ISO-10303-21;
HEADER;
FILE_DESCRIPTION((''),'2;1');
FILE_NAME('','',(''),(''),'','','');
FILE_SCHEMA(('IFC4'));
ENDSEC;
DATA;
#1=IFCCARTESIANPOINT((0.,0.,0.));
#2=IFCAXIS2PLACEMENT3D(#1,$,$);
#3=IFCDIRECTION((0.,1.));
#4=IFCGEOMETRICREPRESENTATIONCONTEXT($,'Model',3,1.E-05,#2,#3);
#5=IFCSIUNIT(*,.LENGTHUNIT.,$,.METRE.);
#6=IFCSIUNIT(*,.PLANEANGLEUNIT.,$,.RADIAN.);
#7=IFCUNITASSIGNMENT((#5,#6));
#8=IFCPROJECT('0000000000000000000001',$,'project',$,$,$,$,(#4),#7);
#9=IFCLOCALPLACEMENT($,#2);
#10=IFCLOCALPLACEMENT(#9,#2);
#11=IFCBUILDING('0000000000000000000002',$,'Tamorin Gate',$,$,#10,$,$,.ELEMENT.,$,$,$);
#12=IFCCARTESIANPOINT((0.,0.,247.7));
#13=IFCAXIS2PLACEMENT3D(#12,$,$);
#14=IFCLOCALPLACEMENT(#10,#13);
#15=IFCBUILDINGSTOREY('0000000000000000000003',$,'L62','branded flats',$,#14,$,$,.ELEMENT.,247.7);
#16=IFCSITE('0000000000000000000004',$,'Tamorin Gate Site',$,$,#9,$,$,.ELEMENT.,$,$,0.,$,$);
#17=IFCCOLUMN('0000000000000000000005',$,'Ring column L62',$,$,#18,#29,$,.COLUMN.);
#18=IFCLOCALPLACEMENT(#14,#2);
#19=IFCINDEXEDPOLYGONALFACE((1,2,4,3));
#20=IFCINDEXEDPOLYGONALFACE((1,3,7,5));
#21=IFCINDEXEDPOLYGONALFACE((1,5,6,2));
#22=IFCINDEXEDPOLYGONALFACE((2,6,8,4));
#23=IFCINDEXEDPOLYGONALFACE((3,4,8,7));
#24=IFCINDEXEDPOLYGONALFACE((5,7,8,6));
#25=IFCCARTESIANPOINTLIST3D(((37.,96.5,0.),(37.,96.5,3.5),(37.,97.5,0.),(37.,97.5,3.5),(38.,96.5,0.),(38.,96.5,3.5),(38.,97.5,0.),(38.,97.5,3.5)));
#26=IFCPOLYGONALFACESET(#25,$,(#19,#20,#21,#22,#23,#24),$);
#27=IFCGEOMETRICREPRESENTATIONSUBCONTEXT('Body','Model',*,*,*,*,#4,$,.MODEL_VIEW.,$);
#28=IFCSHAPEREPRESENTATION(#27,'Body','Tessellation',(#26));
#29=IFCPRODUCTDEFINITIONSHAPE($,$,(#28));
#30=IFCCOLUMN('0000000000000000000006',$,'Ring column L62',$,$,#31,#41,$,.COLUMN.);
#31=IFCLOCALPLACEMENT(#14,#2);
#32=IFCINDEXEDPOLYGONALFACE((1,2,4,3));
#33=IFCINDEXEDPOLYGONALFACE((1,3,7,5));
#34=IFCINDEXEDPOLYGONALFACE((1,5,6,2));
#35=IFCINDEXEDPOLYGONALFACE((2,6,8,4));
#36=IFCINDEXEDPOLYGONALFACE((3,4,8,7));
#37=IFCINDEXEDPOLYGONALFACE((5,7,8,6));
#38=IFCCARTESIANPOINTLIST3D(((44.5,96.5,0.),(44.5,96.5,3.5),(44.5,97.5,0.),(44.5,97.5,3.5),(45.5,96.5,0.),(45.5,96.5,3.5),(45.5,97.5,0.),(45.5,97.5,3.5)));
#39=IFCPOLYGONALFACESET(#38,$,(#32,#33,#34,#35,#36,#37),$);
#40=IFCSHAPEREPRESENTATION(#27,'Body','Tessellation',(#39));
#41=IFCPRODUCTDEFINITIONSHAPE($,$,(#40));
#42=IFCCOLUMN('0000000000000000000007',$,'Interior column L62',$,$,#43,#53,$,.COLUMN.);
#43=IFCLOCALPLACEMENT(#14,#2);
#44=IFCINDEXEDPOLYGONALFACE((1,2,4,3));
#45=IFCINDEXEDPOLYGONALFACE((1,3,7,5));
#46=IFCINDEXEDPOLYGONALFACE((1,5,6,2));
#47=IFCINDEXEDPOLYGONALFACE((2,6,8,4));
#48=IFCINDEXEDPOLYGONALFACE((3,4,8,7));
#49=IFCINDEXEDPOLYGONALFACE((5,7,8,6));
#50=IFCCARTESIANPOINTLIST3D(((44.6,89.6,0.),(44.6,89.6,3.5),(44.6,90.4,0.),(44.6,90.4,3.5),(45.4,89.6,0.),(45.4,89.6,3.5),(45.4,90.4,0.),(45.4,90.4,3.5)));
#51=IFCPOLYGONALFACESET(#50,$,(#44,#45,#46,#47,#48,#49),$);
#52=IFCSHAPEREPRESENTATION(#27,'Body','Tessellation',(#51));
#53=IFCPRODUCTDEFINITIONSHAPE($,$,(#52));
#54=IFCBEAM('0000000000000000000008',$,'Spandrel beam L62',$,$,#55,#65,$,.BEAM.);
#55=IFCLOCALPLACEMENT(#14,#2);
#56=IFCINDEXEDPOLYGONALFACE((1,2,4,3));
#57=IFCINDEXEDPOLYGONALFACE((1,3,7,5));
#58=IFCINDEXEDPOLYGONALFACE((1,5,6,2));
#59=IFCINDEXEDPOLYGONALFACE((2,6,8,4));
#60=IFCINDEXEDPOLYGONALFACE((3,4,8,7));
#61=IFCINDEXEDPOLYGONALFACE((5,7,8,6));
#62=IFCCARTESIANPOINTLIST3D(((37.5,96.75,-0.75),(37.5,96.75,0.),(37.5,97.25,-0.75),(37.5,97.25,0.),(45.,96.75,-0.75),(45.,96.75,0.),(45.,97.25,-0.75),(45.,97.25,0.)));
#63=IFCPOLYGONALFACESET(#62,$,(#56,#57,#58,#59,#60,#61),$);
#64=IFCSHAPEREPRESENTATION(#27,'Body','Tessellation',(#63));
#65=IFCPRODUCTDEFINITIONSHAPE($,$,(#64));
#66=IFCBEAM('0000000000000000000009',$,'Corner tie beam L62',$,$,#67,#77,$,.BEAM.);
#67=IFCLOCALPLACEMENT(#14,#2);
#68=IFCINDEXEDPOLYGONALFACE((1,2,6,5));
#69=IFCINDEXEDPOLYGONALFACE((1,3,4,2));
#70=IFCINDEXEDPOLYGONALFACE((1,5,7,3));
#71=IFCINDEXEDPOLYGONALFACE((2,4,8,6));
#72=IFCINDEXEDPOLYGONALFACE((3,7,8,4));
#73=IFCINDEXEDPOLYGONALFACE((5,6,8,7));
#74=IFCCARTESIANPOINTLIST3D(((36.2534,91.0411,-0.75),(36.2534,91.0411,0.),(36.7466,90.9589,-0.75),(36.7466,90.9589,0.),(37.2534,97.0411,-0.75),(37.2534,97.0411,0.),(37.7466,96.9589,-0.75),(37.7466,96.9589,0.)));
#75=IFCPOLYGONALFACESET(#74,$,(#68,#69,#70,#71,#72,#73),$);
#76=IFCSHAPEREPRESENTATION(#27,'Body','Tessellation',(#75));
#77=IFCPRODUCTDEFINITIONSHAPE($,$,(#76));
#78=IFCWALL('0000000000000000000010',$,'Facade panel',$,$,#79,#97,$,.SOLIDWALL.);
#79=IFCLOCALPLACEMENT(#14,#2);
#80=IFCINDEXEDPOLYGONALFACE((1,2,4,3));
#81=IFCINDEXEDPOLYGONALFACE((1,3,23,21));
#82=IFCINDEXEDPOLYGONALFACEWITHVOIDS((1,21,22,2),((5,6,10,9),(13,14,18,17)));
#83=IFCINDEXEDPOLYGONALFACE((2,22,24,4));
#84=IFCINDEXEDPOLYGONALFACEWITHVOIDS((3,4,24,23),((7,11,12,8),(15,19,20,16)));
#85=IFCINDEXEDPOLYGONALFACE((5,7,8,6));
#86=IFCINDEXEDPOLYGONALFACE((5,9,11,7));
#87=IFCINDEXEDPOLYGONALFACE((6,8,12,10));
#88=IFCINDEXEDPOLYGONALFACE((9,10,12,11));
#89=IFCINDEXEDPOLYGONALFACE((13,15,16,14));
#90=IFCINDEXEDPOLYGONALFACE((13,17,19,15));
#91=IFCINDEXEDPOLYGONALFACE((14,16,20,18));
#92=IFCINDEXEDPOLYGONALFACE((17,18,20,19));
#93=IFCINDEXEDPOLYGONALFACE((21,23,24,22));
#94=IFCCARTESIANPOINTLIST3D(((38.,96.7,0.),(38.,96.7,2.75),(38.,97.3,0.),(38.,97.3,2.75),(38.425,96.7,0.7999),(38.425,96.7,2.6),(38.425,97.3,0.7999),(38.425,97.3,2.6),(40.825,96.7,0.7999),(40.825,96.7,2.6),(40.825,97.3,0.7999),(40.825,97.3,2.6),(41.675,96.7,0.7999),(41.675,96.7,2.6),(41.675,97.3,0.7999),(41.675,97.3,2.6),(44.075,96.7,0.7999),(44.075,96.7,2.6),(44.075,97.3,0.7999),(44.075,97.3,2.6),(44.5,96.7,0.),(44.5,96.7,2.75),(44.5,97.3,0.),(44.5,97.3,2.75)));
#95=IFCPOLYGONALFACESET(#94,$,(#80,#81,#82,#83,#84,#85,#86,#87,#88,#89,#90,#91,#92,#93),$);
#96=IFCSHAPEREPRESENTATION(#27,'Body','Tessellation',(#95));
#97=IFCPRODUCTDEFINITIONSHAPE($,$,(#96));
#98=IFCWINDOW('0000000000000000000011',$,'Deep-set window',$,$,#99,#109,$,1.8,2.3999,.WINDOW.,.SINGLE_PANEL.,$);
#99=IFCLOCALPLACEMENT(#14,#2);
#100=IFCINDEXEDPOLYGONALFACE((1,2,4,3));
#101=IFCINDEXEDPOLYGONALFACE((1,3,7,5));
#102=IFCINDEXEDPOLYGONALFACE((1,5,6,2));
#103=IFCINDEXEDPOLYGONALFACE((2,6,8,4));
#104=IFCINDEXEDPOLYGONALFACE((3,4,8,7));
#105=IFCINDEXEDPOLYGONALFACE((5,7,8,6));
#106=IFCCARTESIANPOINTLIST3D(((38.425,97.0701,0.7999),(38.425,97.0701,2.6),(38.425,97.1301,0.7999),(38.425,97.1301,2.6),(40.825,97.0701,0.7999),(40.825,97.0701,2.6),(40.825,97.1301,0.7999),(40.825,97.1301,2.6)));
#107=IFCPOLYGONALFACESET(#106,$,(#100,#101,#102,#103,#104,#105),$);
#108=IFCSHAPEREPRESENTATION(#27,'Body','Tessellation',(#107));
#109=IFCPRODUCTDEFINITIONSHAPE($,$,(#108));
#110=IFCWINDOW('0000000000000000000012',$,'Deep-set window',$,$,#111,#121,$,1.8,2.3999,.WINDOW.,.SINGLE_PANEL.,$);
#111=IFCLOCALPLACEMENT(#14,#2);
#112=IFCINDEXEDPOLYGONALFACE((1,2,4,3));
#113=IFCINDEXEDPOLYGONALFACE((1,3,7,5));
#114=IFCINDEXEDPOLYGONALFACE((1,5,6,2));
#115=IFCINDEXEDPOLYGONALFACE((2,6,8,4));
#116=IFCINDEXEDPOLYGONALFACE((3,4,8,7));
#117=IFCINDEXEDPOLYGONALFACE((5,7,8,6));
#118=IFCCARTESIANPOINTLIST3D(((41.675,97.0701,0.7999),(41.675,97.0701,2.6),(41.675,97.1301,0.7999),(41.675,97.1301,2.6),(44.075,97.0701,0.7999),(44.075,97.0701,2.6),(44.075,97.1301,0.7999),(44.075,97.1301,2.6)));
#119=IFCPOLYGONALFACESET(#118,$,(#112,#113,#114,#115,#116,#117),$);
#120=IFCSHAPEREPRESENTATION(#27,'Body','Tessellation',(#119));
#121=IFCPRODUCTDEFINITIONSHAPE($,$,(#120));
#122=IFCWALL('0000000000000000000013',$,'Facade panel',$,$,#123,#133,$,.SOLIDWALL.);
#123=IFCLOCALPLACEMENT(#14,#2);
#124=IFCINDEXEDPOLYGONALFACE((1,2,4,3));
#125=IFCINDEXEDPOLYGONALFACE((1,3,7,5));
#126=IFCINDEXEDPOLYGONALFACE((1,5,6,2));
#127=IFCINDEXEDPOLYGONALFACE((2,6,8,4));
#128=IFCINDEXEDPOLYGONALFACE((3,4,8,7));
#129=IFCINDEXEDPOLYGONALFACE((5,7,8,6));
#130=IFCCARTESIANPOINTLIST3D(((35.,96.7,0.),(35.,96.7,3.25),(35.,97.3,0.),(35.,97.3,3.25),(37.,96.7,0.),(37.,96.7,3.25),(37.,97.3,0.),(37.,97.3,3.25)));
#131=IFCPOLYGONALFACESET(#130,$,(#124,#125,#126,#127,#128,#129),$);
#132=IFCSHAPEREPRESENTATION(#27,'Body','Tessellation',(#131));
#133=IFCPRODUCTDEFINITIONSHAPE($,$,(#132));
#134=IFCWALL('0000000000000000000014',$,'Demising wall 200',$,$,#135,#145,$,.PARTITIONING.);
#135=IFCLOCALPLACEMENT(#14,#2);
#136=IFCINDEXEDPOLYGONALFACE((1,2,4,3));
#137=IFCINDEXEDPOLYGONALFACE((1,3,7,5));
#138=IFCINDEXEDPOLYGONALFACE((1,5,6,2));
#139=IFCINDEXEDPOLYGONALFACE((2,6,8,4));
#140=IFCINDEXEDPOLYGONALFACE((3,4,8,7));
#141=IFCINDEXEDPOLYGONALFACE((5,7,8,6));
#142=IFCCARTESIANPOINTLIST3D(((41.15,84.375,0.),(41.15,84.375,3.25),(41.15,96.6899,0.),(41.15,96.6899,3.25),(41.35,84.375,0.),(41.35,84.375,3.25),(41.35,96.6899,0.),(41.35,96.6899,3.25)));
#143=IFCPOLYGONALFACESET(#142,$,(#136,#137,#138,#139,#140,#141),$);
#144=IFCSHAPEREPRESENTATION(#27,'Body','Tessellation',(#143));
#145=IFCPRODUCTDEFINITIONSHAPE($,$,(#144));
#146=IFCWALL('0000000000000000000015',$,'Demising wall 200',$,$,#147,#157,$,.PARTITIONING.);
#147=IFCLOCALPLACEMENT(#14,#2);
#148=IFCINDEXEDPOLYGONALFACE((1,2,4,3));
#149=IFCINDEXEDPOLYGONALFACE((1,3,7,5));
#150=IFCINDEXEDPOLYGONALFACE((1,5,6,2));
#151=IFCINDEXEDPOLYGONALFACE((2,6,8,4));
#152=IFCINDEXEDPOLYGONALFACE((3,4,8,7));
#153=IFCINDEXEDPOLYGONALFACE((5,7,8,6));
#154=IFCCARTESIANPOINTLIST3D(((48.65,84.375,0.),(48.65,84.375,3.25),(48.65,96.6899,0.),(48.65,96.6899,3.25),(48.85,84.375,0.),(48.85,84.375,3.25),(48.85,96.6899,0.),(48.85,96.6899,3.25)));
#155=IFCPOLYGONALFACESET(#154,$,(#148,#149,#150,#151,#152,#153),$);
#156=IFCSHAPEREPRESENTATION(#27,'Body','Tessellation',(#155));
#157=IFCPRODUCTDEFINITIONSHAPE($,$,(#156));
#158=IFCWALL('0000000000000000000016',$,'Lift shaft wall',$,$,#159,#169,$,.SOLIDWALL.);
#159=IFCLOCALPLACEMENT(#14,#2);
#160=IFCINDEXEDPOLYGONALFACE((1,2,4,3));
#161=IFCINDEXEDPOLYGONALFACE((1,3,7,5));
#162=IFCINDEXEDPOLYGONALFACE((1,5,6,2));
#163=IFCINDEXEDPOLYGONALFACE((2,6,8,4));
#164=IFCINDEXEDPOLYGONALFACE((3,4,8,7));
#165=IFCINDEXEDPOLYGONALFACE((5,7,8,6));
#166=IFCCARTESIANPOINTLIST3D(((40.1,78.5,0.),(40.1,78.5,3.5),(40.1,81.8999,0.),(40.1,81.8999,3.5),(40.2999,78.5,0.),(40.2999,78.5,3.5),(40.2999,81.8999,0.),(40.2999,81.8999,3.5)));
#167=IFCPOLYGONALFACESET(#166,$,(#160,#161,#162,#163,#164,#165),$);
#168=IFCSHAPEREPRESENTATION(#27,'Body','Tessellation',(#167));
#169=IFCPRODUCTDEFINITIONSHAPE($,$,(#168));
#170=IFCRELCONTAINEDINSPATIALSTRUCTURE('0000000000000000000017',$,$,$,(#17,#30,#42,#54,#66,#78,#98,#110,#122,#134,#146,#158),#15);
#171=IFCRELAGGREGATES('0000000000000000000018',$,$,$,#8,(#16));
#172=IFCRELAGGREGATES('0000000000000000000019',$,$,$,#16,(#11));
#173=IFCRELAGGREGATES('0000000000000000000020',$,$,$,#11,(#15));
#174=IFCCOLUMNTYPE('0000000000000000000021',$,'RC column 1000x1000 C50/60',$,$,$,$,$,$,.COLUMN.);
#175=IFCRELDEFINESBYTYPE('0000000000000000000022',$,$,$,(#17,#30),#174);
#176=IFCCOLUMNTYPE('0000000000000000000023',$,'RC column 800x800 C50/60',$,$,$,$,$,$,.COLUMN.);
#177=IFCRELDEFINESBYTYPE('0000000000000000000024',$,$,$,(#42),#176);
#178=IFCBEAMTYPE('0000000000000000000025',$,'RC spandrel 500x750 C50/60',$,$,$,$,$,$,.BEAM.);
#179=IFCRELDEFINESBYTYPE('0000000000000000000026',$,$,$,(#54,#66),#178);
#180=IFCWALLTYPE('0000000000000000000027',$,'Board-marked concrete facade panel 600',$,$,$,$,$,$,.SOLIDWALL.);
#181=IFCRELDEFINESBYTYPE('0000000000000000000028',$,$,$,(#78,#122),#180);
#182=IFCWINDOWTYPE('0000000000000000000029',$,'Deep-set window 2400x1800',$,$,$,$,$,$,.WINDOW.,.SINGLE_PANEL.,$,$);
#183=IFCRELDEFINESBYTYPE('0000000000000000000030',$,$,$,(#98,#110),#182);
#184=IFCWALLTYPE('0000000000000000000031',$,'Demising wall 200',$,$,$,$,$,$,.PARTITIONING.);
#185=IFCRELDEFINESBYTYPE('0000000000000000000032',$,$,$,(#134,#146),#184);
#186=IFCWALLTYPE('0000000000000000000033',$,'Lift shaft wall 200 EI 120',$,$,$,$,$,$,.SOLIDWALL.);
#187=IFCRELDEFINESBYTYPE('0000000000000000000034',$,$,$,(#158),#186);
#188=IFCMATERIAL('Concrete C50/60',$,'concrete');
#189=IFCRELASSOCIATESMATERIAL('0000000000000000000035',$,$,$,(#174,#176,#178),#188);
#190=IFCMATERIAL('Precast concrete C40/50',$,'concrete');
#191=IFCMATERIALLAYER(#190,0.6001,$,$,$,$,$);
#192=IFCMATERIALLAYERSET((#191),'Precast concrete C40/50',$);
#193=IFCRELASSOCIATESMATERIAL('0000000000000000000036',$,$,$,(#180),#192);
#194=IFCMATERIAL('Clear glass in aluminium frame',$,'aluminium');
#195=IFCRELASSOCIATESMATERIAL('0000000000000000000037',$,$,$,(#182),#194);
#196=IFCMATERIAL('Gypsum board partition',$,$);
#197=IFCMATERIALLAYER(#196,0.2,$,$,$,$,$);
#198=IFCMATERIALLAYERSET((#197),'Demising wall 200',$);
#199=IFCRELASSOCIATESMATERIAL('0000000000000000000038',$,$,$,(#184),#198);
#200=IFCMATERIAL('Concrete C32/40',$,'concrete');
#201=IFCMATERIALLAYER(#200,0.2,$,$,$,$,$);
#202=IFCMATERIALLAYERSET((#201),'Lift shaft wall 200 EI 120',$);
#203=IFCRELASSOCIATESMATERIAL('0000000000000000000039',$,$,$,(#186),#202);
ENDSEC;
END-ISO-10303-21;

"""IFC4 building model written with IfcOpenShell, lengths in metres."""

from ifc_helpers import new_model, si_unit, direction, frame, frame_2d, origin, origin_2d, place, context, subcontext, project, spatial, rectangle, extrude, material, layer, layer_set, material_profile, profile_set, type_object, element, fill, save


model = new_model("IFC4")

# Units and contexts
model_context = context("Model", 3, precision=1e-05, world=origin(), true_north=direction((0.0, 1.0)))
body_context = subcontext(model_context, "Body", "Model", "MODEL_VIEW")
ifc_project = project(units=[si_unit("LENGTHUNIT", "METRE"), si_unit("PLANEANGLEUNIT", "RADIAN")], contexts=[model_context])

# Site, building, storey
site_placement = place(None, origin())
site = spatial("IfcSite", under=ifc_project, at=site_placement, Name="Tamorin Gate Site", CompositionType="ELEMENT", RefElevation=0.0)
building_placement = place(site_placement, origin())
building = spatial("IfcBuilding", under=site, at=building_placement, Name="Tamorin Gate", CompositionType="ELEMENT")
storey_placement = place(building_placement, frame((0.0, 0.0, 247.7)))
storey = spatial("IfcBuildingStorey", under=building, at=storey_placement, Name="L62", Description="branded flats", CompositionType="ELEMENT", Elevation=247.7)

# Columns
ifc_material_1 = material(Name="Concrete C50/60", Category="concrete")
ifc_material_profile_1 = material_profile(ifc_material_1, rectangle(XDim=1.0, YDim=1.0, at=origin_2d()), Name="RC 1000x1000")
ifc_profile_set_1 = profile_set([ifc_material_profile_1], Name="Concrete C50/60")
column_type_1 = type_object("IfcColumnType", Name="RC column 1000x1000 C50/60", PredefinedType="COLUMN", material=ifc_profile_set_1)
for number, where, z_axis, x_axis, name in (
    (1, (37.5, 97.0, 0.0), (0.0, 0.0, 1.0), (1.0, 0.0, 0.0), "Ring column L62"),
    (2, (45.0, 97.0, 0.0), (0.0, 0.0, 1.0), (1.0, 0.0, 0.0), "Ring column L62"),
):
    element("IfcColumn", number, at=place(storey_placement, frame(where, z_axis=z_axis, x_axis=x_axis)), inside=storey, type_object=column_type_1, Name=name, PredefinedType="COLUMN", context=body_context, shape_type="SweptSolid", body=[
        extrude(rectangle(XDim=1.0, YDim=1.0, at=origin_2d()), origin(), (0.0, 0.0, 1.0), 3.5),
    ])
ifc_material_profile_2 = material_profile(ifc_material_1, rectangle(XDim=0.8, YDim=0.8, at=origin_2d()), Name="RC 800x800")
ifc_profile_set_2 = profile_set([ifc_material_profile_2], Name="Concrete C50/60")
column_type_2 = type_object("IfcColumnType", Name="RC column 800x800 C50/60", PredefinedType="COLUMN", material=ifc_profile_set_2)
column_placement = place(storey_placement, frame((45.0, 90.0, 0.0), z_axis=(0.0, 0.0, 1.0), x_axis=(1.0, 0.0, 0.0)))
element("IfcColumn", 3, at=column_placement, inside=storey, type_object=column_type_2, Name="Interior column L62", PredefinedType="COLUMN", context=body_context, shape_type="SweptSolid", body=[
    extrude(rectangle(XDim=0.8, YDim=0.8, at=origin_2d()), origin(), (0.0, 0.0, 1.0), 3.5),
])

# Beams
ifc_material_profile_3 = material_profile(ifc_material_1, rectangle(XDim=0.5, YDim=0.75, at=origin_2d()), Name="RC 500x750")
ifc_profile_set_3 = profile_set([ifc_material_profile_3], Name="Concrete C50/60")
beam_type = type_object("IfcBeamType", Name="RC spandrel 500x750 C50/60", PredefinedType="BEAM", material=ifc_profile_set_3)
beam_1_placement = place(storey_placement, frame((45.0, 97.0, -0.375), z_axis=(-1.0, 0.0, 0.0), x_axis=(0.0, -1.0, 0.0)))
element("IfcBeam", 4, at=beam_1_placement, inside=storey, type_object=beam_type, Name="Spandrel beam L62", PredefinedType="BEAM", context=body_context, shape_type="SweptSolid", body=[
    extrude(rectangle(XDim=0.5, YDim=0.75, at=origin_2d()), origin(), (0.0, 0.0, 1.0), 7.5),
])
beam_2_placement = place(storey_placement, frame((36.5, 91.0, -0.375), z_axis=(0.164399, 0.986394, 0.0), x_axis=(-0.986394, 0.164399, 0.0)))
element("IfcBeam", 5, at=beam_2_placement, inside=storey, type_object=beam_type, Name="Corner tie beam L62", PredefinedType="BEAM", context=body_context, shape_type="SweptSolid", body=[
    extrude(rectangle(XDim=0.5, YDim=0.75, at=origin_2d()), origin(), (0.0, 0.0, 1.0), 6.0828),
])

# Wall, openings, windows
ifc_material_2 = material(Name="Precast concrete C40/50", Category="concrete")
ifc_layer_1 = layer(ifc_material_2, 0.6001)
ifc_layer_set_1 = layer_set([ifc_layer_1], Name="Precast concrete C40/50")
wall_type_1 = type_object("IfcWallType", Name="Board-marked concrete facade panel 600", PredefinedType="SOLIDWALL", material=ifc_layer_set_1)
wall_1_placement = place(storey_placement, frame((44.5, 97.0, 0.0), z_axis=(0.0, 0.0, 1.0), x_axis=(-1.0, 0.0, 0.0)))
wall_1 = element("IfcWall", 6, at=wall_1_placement, inside=storey, type_object=wall_type_1, Name="Facade panel", PredefinedType="SOLIDWALL", context=body_context, shape_type="SweptSolid", body=[
    extrude(rectangle(XDim=6.5, YDim=0.6001, at=frame_2d((3.25, 0.0))), origin(), (0.0, 0.0, 1.0), 2.75),
])
opening_1_placement = place(wall_1_placement, frame((3.675, 0.0, 0.8)))
opening_1 = element("IfcOpeningElement", 7, at=opening_1_placement, cuts=wall_1, PredefinedType="OPENING", context=body_context, shape_type="SweptSolid", body=[
    extrude(rectangle(XDim=2.3999, YDim=1.8, at=frame_2d((1.2, 0.8999))), frame((0.0, 0.3101, 0.0), z_axis=(0.0, -1.0, 0.0), x_axis=(1.0, 0.0, 0.0)), (0.0, 0.0, 1.0), 0.6201),
])
opening_2_placement = place(wall_1_placement, frame((0.425, 0.0, 0.8)))
opening_2 = element("IfcOpeningElement", 8, at=opening_2_placement, cuts=wall_1, PredefinedType="OPENING", context=body_context, shape_type="SweptSolid", body=[
    extrude(rectangle(XDim=2.3999, YDim=1.8, at=frame_2d((1.2, 0.8999))), frame((0.0, 0.3101, 0.0), z_axis=(0.0, -1.0, 0.0), x_axis=(1.0, 0.0, 0.0)), (0.0, 0.0, 1.0), 0.6201),
])
ifc_material_3 = material(Name="Clear glass in aluminium frame", Category="aluminium")
window_type = type_object("IfcWindowType", Name="Deep-set window 2400x1800", PartitioningType="SINGLE_PANEL", PredefinedType="WINDOW", material=ifc_material_3)
window_1_placement = place(opening_1_placement, origin())
window_1 = element("IfcWindow", 9, at=window_1_placement, inside=storey, type_object=window_type, Name="Deep-set window", OverallHeight=1.8, OverallWidth=2.3999, PartitioningType="SINGLE_PANEL", PredefinedType="WINDOW", context=body_context, shape_type="SweptSolid", body=[
    extrude(rectangle(XDim=2.3999, YDim=1.8, at=frame_2d((1.2, 0.8999))), frame((0.0, -0.0701, 0.0), z_axis=(0.0, -1.0, 0.0), x_axis=(1.0, 0.0, 0.0)), (0.0, 0.0, 1.0), 0.0601),
])
fill(opening_1, window_1)
window_2_placement = place(opening_2_placement, origin())
window_2 = element("IfcWindow", 10, at=window_2_placement, inside=storey, type_object=window_type, Name="Deep-set window", OverallHeight=1.8, OverallWidth=2.3999, PartitioningType="SINGLE_PANEL", PredefinedType="WINDOW", context=body_context, shape_type="SweptSolid", body=[
    extrude(rectangle(XDim=2.3999, YDim=1.8, at=frame_2d((1.2, 0.8999))), frame((0.0, -0.0701, 0.0), z_axis=(0.0, -1.0, 0.0), x_axis=(1.0, 0.0, 0.0)), (0.0, 0.0, 1.0), 0.0601),
])
fill(opening_2, window_2)

# Walls
wall_2_placement = place(storey_placement, frame((37.0, 97.0, 0.0), z_axis=(0.0, 0.0, 1.0), x_axis=(-1.0, 0.0, 0.0)))
element("IfcWall", 11, at=wall_2_placement, inside=storey, type_object=wall_type_1, Name="Facade panel", PredefinedType="SOLIDWALL", context=body_context, shape_type="SweptSolid", body=[
    extrude(rectangle(XDim=2.0, YDim=0.6001, at=frame_2d((1.0, 0.0))), origin(), (0.0, 0.0, 1.0), 3.25),
])
ifc_material_4 = material(Name="Gypsum board partition")
ifc_layer_2 = layer(ifc_material_4, 0.2)
ifc_layer_set_2 = layer_set([ifc_layer_2], Name="Demising wall 200")
wall_type_2 = type_object("IfcWallType", Name="Demising wall 200", PredefinedType="PARTITIONING", material=ifc_layer_set_2)
for number, where, z_axis, x_axis, name in (
    (12, (41.25, 84.375, 0.0), (0.0, 0.0, 1.0), (0.0, 1.0, 0.0), "Demising wall 200"),
    (13, (48.75, 84.375, 0.0), (0.0, 0.0, 1.0), (0.0, 1.0, 0.0), "Demising wall 200"),
):
    element("IfcWall", number, at=place(storey_placement, frame(where, z_axis=z_axis, x_axis=x_axis)), inside=storey, type_object=wall_type_2, Name=name, PredefinedType="PARTITIONING", context=body_context, shape_type="SweptSolid", body=[
        extrude(rectangle(XDim=12.3149, YDim=0.2, at=frame_2d((6.1575, 0.0))), origin(), (0.0, 0.0, 1.0), 3.25),
    ])
ifc_material_5 = material(Name="Concrete C32/40", Category="concrete")
ifc_layer_3 = layer(ifc_material_5, 0.2)
ifc_layer_set_3 = layer_set([ifc_layer_3], Name="Lift shaft wall 200 EI 120")
wall_type_3 = type_object("IfcWallType", Name="Lift shaft wall 200 EI 120", PredefinedType="SOLIDWALL", material=ifc_layer_set_3)
wall_3_placement = place(storey_placement, frame((40.2, 78.5, 0.0), z_axis=(0.0, 0.0, 1.0), x_axis=(0.0, 1.0, 0.0)))
element("IfcWall", 14, at=wall_3_placement, inside=storey, type_object=wall_type_3, Name="Lift shaft wall", PredefinedType="SOLIDWALL", context=body_context, shape_type="SweptSolid", body=[
    extrude(rectangle(XDim=3.3999, YDim=0.2, at=frame_2d((1.7, 0.0))), origin(), (0.0, 0.0, 1.0), 3.5),
])

save(model, "model.ifc")
